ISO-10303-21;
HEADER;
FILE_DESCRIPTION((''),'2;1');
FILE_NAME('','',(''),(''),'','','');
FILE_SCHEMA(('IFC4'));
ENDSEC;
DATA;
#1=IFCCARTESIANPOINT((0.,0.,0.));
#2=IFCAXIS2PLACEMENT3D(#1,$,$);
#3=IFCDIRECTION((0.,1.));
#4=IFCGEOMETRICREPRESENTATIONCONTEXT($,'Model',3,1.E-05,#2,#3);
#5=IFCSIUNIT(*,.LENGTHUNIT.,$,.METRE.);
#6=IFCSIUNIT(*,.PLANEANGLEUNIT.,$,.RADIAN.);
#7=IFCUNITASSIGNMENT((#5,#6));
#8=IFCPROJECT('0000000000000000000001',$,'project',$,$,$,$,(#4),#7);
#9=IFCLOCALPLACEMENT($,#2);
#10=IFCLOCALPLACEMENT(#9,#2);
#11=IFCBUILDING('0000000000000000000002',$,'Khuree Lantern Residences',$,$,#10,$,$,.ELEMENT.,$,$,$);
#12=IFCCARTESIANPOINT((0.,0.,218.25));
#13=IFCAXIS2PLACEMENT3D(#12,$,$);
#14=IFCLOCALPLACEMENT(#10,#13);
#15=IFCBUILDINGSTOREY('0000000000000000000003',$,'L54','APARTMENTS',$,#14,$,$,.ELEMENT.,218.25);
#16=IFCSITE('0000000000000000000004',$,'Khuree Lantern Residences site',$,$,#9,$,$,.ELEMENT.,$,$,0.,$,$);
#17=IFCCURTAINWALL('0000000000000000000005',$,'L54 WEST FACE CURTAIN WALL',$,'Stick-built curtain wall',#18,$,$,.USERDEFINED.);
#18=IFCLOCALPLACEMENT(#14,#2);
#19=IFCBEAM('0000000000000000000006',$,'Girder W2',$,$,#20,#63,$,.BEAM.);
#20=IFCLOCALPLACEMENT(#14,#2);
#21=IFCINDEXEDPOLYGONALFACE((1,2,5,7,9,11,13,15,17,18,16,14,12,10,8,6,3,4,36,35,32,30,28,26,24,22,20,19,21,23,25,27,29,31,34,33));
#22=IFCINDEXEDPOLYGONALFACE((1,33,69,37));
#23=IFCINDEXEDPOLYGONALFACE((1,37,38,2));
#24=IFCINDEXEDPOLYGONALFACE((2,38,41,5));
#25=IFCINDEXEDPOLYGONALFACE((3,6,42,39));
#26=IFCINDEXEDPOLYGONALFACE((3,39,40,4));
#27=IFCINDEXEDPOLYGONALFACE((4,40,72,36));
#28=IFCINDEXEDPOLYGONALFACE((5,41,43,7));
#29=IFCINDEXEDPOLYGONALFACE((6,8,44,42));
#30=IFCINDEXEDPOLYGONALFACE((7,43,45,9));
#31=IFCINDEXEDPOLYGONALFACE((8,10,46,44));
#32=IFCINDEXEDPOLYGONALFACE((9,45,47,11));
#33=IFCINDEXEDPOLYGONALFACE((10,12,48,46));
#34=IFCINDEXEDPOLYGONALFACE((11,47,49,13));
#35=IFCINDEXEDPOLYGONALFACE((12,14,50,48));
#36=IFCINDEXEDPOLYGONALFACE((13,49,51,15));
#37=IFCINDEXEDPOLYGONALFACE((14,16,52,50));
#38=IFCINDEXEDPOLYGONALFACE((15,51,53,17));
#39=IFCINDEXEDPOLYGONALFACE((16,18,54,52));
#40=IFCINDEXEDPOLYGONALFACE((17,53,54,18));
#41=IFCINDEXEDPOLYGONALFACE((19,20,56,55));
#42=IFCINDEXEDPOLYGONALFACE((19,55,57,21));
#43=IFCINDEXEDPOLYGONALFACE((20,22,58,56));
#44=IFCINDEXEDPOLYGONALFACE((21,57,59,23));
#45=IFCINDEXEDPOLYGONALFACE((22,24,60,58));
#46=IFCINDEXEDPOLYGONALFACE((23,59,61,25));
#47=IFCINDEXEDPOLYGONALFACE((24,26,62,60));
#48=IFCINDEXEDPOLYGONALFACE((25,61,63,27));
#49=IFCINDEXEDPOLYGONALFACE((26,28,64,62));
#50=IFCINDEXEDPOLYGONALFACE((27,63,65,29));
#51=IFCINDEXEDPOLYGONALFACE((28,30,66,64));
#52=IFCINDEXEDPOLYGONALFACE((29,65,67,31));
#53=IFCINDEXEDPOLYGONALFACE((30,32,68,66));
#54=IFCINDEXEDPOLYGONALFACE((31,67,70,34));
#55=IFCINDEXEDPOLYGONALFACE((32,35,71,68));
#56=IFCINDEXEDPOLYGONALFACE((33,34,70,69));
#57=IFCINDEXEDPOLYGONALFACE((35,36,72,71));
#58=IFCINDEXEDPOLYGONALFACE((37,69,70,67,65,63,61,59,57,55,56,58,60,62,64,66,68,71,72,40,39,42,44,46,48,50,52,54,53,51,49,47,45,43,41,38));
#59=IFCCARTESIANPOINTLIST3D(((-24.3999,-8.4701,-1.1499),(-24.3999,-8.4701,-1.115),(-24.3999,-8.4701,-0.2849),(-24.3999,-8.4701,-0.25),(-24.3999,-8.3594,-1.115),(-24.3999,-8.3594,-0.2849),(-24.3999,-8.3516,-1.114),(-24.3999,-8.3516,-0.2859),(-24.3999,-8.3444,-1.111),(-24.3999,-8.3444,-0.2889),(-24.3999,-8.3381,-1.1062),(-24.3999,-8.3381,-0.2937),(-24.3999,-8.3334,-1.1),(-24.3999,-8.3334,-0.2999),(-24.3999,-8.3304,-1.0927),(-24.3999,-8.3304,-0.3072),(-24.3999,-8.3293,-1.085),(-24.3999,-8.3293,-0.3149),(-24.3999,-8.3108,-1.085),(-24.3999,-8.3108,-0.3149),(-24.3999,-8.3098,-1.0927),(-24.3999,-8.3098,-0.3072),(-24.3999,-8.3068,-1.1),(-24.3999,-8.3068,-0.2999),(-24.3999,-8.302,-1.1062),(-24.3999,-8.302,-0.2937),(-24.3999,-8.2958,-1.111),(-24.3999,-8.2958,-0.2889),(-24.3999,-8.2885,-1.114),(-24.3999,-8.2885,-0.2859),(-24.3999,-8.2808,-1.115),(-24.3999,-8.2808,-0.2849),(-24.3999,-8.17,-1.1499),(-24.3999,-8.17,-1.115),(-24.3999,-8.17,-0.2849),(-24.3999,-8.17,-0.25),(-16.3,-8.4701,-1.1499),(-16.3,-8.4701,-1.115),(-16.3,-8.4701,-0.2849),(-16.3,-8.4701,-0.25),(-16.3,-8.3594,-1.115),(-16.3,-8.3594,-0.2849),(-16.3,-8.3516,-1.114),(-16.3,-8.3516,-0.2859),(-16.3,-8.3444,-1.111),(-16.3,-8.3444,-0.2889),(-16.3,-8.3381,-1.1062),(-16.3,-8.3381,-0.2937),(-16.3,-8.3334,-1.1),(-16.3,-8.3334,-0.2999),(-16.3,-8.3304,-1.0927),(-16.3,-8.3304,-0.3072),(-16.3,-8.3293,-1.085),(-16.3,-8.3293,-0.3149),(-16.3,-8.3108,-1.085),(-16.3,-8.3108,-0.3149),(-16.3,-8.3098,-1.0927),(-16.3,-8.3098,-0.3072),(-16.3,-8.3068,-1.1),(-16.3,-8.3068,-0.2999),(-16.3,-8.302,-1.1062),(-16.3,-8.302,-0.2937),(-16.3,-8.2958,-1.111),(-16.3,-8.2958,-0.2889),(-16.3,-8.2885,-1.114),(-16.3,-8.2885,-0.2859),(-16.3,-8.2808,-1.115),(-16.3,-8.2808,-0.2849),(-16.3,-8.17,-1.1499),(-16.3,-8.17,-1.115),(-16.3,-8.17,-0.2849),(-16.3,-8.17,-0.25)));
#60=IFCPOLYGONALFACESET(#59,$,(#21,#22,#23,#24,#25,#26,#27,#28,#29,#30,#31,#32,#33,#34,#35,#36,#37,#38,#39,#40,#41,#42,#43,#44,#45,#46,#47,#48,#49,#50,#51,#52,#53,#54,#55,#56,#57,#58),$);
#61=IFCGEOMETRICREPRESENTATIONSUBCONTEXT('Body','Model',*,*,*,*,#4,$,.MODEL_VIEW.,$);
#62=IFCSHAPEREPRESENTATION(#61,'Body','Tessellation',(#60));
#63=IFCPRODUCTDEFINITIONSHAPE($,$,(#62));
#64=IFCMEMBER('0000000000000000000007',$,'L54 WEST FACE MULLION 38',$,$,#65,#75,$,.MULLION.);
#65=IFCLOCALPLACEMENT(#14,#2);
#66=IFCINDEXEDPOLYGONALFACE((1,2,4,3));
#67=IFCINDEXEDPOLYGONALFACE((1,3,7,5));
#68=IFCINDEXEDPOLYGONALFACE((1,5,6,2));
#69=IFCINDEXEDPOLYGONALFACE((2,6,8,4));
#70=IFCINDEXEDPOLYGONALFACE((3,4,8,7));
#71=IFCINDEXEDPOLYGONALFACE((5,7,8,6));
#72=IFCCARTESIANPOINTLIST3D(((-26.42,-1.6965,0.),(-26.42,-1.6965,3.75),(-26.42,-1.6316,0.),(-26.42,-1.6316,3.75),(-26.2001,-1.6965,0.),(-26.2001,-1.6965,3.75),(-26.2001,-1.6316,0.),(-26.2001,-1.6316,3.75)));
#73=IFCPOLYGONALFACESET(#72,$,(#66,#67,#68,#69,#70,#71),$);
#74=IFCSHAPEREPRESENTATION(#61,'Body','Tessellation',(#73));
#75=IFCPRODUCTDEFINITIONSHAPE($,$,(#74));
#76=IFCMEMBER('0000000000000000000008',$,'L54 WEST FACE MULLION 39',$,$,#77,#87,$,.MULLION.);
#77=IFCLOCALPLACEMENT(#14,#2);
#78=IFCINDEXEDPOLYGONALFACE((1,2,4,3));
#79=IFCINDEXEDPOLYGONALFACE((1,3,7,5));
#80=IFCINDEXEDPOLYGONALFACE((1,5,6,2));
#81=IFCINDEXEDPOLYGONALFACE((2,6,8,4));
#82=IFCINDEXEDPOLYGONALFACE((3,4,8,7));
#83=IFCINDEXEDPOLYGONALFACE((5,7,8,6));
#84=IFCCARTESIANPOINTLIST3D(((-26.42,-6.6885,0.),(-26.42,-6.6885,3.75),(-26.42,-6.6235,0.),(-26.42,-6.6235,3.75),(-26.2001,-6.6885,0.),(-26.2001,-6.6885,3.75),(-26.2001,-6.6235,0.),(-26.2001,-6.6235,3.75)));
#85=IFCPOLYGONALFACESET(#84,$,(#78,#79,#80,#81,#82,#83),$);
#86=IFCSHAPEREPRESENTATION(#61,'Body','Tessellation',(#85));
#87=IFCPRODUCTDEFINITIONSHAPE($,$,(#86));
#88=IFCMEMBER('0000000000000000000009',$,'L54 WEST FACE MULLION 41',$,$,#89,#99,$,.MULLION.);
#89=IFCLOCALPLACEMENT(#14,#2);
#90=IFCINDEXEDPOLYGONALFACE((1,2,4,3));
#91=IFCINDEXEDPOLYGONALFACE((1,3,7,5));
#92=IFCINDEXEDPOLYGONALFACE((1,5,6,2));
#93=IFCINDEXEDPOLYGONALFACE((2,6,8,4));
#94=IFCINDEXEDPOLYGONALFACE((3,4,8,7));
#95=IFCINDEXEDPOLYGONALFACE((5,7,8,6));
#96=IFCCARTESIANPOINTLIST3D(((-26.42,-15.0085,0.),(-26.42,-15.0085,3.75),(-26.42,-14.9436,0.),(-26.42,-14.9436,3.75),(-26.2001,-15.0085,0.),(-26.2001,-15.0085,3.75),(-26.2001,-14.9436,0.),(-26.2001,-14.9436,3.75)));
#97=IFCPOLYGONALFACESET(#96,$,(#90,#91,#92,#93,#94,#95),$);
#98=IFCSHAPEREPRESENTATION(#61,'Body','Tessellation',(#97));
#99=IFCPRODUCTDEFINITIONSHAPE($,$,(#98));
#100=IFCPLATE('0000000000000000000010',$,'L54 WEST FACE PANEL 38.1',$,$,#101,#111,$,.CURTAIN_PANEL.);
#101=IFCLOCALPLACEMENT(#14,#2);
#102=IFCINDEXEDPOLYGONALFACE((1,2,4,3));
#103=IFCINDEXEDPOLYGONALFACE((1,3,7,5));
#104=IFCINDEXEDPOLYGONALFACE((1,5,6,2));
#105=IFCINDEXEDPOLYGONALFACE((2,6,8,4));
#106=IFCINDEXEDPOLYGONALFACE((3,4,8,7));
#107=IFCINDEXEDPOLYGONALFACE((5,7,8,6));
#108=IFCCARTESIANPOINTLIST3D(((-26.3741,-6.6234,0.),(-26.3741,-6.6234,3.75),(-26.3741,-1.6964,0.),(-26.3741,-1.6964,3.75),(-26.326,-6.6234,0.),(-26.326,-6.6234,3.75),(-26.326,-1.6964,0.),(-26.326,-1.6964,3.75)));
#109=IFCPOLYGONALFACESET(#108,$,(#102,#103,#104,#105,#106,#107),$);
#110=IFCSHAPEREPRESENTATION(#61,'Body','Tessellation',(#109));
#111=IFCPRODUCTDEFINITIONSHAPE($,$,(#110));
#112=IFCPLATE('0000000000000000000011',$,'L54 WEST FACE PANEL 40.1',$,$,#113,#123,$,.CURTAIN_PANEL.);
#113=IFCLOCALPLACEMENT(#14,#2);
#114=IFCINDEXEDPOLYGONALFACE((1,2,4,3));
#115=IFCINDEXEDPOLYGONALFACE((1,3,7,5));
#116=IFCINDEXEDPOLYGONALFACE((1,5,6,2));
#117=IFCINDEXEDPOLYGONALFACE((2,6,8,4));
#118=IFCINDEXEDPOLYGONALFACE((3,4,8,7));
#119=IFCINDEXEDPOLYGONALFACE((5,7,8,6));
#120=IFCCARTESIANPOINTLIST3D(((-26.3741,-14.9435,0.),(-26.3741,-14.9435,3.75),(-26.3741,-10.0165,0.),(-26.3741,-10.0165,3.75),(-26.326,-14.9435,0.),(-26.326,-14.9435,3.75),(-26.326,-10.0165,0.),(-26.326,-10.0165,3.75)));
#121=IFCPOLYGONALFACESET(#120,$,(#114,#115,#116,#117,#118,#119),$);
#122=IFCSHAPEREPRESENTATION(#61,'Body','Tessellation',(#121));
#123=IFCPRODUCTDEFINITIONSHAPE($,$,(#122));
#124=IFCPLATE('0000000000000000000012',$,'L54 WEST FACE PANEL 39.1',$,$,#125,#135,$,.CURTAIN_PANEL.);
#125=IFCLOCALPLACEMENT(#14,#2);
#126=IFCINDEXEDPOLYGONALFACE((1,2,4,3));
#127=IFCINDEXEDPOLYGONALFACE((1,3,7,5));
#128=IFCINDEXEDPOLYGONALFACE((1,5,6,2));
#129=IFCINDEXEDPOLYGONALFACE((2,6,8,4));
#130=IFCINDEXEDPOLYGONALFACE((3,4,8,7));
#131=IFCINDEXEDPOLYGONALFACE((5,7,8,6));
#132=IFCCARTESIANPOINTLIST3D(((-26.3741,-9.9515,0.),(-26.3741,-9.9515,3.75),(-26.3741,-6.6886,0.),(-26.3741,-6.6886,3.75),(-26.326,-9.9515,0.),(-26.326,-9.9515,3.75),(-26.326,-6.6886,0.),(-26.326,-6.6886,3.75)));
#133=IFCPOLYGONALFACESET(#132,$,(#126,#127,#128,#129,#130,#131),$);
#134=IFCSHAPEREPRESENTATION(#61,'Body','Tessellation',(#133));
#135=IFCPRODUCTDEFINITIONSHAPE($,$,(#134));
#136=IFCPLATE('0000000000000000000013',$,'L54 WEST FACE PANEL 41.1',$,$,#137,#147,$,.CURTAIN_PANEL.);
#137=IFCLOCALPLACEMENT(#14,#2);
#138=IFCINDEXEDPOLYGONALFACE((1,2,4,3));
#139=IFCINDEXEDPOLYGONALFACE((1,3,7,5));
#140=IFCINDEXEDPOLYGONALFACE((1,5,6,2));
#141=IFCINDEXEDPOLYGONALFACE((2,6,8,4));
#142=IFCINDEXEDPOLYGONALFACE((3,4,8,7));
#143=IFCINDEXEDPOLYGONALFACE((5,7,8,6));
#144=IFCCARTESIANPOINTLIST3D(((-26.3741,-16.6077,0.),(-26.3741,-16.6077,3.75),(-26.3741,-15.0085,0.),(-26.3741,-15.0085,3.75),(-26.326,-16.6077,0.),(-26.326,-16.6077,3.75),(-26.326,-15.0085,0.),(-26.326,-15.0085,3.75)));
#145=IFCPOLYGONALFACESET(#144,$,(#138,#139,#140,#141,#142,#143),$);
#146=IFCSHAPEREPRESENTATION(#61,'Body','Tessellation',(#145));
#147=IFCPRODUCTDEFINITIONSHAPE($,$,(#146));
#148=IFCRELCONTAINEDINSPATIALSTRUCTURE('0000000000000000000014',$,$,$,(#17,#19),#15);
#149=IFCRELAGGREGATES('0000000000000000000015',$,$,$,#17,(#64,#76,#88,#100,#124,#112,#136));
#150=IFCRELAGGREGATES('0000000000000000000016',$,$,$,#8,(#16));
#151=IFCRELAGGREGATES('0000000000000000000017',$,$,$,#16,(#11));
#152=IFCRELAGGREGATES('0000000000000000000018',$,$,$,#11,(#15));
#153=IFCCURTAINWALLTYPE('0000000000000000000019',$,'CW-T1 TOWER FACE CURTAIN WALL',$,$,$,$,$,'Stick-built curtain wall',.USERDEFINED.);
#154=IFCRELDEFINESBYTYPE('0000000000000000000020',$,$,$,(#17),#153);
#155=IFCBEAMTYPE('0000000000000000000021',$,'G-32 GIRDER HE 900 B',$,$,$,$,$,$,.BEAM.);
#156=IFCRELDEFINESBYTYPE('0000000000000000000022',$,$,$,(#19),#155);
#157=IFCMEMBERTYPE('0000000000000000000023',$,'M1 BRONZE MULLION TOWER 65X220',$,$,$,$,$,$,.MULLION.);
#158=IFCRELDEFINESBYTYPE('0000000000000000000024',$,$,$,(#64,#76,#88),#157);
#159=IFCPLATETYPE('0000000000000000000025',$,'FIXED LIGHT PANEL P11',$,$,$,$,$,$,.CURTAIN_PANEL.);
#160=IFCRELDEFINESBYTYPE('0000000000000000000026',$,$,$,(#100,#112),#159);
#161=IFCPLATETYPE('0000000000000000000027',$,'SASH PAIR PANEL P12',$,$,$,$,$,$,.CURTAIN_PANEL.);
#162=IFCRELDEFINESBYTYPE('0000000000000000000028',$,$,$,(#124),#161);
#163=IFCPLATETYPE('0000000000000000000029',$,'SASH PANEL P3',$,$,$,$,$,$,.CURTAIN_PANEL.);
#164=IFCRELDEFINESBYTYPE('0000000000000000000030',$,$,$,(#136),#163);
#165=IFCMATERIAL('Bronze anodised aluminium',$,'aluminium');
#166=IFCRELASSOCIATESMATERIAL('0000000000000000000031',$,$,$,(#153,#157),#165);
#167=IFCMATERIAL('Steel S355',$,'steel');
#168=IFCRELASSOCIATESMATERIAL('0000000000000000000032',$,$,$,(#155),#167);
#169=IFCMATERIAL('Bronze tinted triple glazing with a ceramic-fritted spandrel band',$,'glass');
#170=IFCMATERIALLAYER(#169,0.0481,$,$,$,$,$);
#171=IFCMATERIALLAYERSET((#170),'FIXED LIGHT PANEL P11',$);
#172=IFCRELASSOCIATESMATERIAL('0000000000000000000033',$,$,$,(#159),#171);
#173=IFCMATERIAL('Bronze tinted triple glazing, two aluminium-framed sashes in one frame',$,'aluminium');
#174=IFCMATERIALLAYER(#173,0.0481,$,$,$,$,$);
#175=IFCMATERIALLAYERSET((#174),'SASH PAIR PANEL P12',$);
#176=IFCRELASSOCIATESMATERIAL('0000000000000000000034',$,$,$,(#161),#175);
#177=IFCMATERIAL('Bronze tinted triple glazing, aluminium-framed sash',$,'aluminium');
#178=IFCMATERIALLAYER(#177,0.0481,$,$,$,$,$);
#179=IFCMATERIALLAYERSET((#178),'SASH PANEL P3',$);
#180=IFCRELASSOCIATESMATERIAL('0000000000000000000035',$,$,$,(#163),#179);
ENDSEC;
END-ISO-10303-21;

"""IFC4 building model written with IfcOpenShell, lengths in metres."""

from ifc_helpers import new_model, si_unit, direction, frame, origin, origin_2d, place, context, subcontext, project, spatial, rectangle, i_section, extrude, material, layer, layer_set, material_profile, profile_set, type_object, element, aggregate, save


model = new_model("IFC4")

# Units and contexts
model_context = context("Model", 3, precision=1e-05, world=origin(), true_north=direction((0.0, 1.0)))
body_context = subcontext(model_context, "Body", "Model", "MODEL_VIEW")
ifc_project = project(units=[si_unit("LENGTHUNIT", "METRE"), si_unit("PLANEANGLEUNIT", "RADIAN")], contexts=[model_context])

# Site, building, storey
site_placement = place(None, origin())
site = spatial("IfcSite", under=ifc_project, at=site_placement, Name="Khuree Lantern Residences site", CompositionType="ELEMENT", RefElevation=0.0)
building_placement = place(site_placement, origin())
building = spatial("IfcBuilding", under=site, at=building_placement, Name="Khuree Lantern Residences", CompositionType="ELEMENT")
storey_placement = place(building_placement, frame((0.0, 0.0, 218.25)))
storey = spatial("IfcBuildingStorey", under=building, at=storey_placement, Name="L54", Description="APARTMENTS", CompositionType="ELEMENT", Elevation=218.25)

# Shared definitions
ifc_material_1 = material(Name="Steel S355", Category="steel")

# Curtain wall
ifc_material_2 = material(Name="Bronze anodised aluminium", Category="aluminium")
curtain_wall_type = type_object("IfcCurtainWallType", Name="CW-T1 TOWER FACE CURTAIN WALL", ElementType="Stick-built curtain wall", PredefinedType="USERDEFINED", material=ifc_material_2)
curtain_wall_placement = place(storey_placement, origin())
curtain_wall = element("IfcCurtainWall", 1, at=curtain_wall_placement, inside=storey, type_object=curtain_wall_type, Name="L54 WEST FACE CURTAIN WALL", ObjectType="Stick-built curtain wall", PredefinedType="USERDEFINED")

# Beam
ifc_material_profile_1 = material_profile(ifc_material_1, i_section(OverallWidth=0.3, OverallDepth=0.8999, WebThickness=0.0186, FlangeThickness=0.0349, FilletRadius=0.03, at=origin_2d()), Name="HE 900 B")
ifc_profile_set_1 = profile_set([ifc_material_profile_1], Name="Steel S355")
beam_type_1 = type_object("IfcBeamType", Name="G-32 GIRDER HE 900 B", PredefinedType="BEAM", material=ifc_profile_set_1)
beam_1_placement = place(storey_placement, frame((-24.3999, -8.3201, -0.7), z_axis=(1.0, 0.0, 0.0), x_axis=(0.0, 1.0, 0.0)))
element("IfcBeam", 2, at=beam_1_placement, inside=storey, type_object=beam_type_1, Name="Girder W2", PredefinedType="BEAM", context=body_context, shape_type="SweptSolid", body=[
    extrude(i_section(OverallWidth=0.3, OverallDepth=0.8999, WebThickness=0.0186, FlangeThickness=0.0349, FilletRadius=0.03, at=origin_2d()), origin(), (0.0, 0.0, 1.0), 8.0999),
])

# Members
ifc_material_profile_2 = material_profile(ifc_material_2, rectangle(XDim=0.0649, YDim=0.22, at=origin_2d()), Name="M1 65X220")
ifc_profile_set_2 = profile_set([ifc_material_profile_2], Name="Bronze anodised aluminium")
member_type_1 = type_object("IfcMemberType", Name="M1 BRONZE MULLION TOWER 65X220", PredefinedType="MULLION", material=ifc_profile_set_2)
member_1_placement = place(storey_placement, frame((-26.3101, -1.6641, 0.0), z_axis=(0.0, 0.0, 1.0), x_axis=(0.0, -1.0, 0.0)))
member_1 = element("IfcMember", 3, at=member_1_placement, type_object=member_type_1, Name="L54 WEST FACE MULLION 38", PredefinedType="MULLION", context=body_context, shape_type="SweptSolid", body=[
    extrude(rectangle(XDim=0.0649, YDim=0.22, at=origin_2d()), origin(), (0.0, 0.0, 1.0), 3.75),
])
member_2_placement = place(storey_placement, frame((-26.3101, -6.656, 0.0), z_axis=(0.0, 0.0, 1.0), x_axis=(0.0, -1.0, 0.0)))
member_2 = element("IfcMember", 4, at=member_2_placement, type_object=member_type_1, Name="L54 WEST FACE MULLION 39", PredefinedType="MULLION", context=body_context, shape_type="SweptSolid", body=[
    extrude(rectangle(XDim=0.0649, YDim=0.22, at=origin_2d()), origin(), (0.0, 0.0, 1.0), 3.75),
])
member_3_placement = place(storey_placement, frame((-26.3101, -14.9761, 0.0), z_axis=(0.0, 0.0, 1.0), x_axis=(0.0, -1.0, 0.0)))
member_3 = element("IfcMember", 5, at=member_3_placement, type_object=member_type_1, Name="L54 WEST FACE MULLION 41", PredefinedType="MULLION", context=body_context, shape_type="SweptSolid", body=[
    extrude(rectangle(XDim=0.0649, YDim=0.22, at=origin_2d()), origin(), (0.0, 0.0, 1.0), 3.75),
])

# Plates
ifc_material_3 = material(Name="Bronze tinted triple glazing with a ceramic-fritted spandrel band", Category="glass")
ifc_layer_1 = layer(ifc_material_3, 0.0481)
ifc_layer_set_1 = layer_set([ifc_layer_1], Name="FIXED LIGHT PANEL P11")
plate_type_1 = type_object("IfcPlateType", Name="FIXED LIGHT PANEL P11", PredefinedType="CURTAIN_PANEL", material=ifc_layer_set_1)
plate_1_placement = place(storey_placement, frame((-26.3501, -4.1599, 0.0), z_axis=(0.0, 0.0, 1.0), x_axis=(0.0, -1.0, 0.0)))
plate_1 = element("IfcPlate", 6, at=plate_1_placement, type_object=plate_type_1, Name="L54 WEST FACE PANEL 38.1", PredefinedType="CURTAIN_PANEL", context=body_context, shape_type="SweptSolid", body=[
    extrude(rectangle(XDim=4.927, YDim=0.0481, at=origin_2d()), origin(), (0.0, 0.0, 1.0), 3.75),
])
plate_2_placement = place(storey_placement, frame((-26.3501, -12.48, 0.0), z_axis=(0.0, 0.0, 1.0), x_axis=(0.0, -1.0, 0.0)))
plate_2 = element("IfcPlate", 7, at=plate_2_placement, type_object=plate_type_1, Name="L54 WEST FACE PANEL 40.1", PredefinedType="CURTAIN_PANEL", context=body_context, shape_type="SweptSolid", body=[
    extrude(rectangle(XDim=4.927, YDim=0.0481, at=origin_2d()), origin(), (0.0, 0.0, 1.0), 3.75),
])
ifc_material_4 = material(Name="Bronze tinted triple glazing, two aluminium-framed sashes in one frame", Category="aluminium")
ifc_layer_2 = layer(ifc_material_4, 0.0481)
ifc_layer_set_2 = layer_set([ifc_layer_2], Name="SASH PAIR PANEL P12")
plate_type_2 = type_object("IfcPlateType", Name="SASH PAIR PANEL P12", PredefinedType="CURTAIN_PANEL", material=ifc_layer_set_2)
plate_3_placement = place(storey_placement, frame((-26.3501, -8.3201, 0.0), z_axis=(0.0, 0.0, 1.0), x_axis=(0.0, -1.0, 0.0)))
plate_3 = element("IfcPlate", 8, at=plate_3_placement, type_object=plate_type_2, Name="L54 WEST FACE PANEL 39.1", PredefinedType="CURTAIN_PANEL", context=body_context, shape_type="SweptSolid", body=[
    extrude(rectangle(XDim=3.2629, YDim=0.0481, at=origin_2d()), origin(), (0.0, 0.0, 1.0), 3.75),
])
ifc_material_5 = material(Name="Bronze tinted triple glazing, aluminium-framed sash", Category="aluminium")
ifc_layer_3 = layer(ifc_material_5, 0.0481)
ifc_layer_set_3 = layer_set([ifc_layer_3], Name="SASH PANEL P3")
plate_type_3 = type_object("IfcPlateType", Name="SASH PANEL P3", PredefinedType="CURTAIN_PANEL", material=ifc_layer_set_3)
plate_4_placement = place(storey_placement, frame((-26.3501, -15.8081, 0.0), z_axis=(0.0, 0.0, 1.0), x_axis=(0.0, -1.0, 0.0)))
plate_4 = element("IfcPlate", 9, at=plate_4_placement, type_object=plate_type_3, Name="L54 WEST FACE PANEL 41.1", PredefinedType="CURTAIN_PANEL", context=body_context, shape_type="SweptSolid", body=[
    extrude(rectangle(XDim=1.5991, YDim=0.0481, at=origin_2d()), origin(), (0.0, 0.0, 1.0), 3.75),
])
aggregate(curtain_wall, [member_1, member_2, member_3, plate_1, plate_3, plate_2, plate_4])

save(model, "model.ifc")
